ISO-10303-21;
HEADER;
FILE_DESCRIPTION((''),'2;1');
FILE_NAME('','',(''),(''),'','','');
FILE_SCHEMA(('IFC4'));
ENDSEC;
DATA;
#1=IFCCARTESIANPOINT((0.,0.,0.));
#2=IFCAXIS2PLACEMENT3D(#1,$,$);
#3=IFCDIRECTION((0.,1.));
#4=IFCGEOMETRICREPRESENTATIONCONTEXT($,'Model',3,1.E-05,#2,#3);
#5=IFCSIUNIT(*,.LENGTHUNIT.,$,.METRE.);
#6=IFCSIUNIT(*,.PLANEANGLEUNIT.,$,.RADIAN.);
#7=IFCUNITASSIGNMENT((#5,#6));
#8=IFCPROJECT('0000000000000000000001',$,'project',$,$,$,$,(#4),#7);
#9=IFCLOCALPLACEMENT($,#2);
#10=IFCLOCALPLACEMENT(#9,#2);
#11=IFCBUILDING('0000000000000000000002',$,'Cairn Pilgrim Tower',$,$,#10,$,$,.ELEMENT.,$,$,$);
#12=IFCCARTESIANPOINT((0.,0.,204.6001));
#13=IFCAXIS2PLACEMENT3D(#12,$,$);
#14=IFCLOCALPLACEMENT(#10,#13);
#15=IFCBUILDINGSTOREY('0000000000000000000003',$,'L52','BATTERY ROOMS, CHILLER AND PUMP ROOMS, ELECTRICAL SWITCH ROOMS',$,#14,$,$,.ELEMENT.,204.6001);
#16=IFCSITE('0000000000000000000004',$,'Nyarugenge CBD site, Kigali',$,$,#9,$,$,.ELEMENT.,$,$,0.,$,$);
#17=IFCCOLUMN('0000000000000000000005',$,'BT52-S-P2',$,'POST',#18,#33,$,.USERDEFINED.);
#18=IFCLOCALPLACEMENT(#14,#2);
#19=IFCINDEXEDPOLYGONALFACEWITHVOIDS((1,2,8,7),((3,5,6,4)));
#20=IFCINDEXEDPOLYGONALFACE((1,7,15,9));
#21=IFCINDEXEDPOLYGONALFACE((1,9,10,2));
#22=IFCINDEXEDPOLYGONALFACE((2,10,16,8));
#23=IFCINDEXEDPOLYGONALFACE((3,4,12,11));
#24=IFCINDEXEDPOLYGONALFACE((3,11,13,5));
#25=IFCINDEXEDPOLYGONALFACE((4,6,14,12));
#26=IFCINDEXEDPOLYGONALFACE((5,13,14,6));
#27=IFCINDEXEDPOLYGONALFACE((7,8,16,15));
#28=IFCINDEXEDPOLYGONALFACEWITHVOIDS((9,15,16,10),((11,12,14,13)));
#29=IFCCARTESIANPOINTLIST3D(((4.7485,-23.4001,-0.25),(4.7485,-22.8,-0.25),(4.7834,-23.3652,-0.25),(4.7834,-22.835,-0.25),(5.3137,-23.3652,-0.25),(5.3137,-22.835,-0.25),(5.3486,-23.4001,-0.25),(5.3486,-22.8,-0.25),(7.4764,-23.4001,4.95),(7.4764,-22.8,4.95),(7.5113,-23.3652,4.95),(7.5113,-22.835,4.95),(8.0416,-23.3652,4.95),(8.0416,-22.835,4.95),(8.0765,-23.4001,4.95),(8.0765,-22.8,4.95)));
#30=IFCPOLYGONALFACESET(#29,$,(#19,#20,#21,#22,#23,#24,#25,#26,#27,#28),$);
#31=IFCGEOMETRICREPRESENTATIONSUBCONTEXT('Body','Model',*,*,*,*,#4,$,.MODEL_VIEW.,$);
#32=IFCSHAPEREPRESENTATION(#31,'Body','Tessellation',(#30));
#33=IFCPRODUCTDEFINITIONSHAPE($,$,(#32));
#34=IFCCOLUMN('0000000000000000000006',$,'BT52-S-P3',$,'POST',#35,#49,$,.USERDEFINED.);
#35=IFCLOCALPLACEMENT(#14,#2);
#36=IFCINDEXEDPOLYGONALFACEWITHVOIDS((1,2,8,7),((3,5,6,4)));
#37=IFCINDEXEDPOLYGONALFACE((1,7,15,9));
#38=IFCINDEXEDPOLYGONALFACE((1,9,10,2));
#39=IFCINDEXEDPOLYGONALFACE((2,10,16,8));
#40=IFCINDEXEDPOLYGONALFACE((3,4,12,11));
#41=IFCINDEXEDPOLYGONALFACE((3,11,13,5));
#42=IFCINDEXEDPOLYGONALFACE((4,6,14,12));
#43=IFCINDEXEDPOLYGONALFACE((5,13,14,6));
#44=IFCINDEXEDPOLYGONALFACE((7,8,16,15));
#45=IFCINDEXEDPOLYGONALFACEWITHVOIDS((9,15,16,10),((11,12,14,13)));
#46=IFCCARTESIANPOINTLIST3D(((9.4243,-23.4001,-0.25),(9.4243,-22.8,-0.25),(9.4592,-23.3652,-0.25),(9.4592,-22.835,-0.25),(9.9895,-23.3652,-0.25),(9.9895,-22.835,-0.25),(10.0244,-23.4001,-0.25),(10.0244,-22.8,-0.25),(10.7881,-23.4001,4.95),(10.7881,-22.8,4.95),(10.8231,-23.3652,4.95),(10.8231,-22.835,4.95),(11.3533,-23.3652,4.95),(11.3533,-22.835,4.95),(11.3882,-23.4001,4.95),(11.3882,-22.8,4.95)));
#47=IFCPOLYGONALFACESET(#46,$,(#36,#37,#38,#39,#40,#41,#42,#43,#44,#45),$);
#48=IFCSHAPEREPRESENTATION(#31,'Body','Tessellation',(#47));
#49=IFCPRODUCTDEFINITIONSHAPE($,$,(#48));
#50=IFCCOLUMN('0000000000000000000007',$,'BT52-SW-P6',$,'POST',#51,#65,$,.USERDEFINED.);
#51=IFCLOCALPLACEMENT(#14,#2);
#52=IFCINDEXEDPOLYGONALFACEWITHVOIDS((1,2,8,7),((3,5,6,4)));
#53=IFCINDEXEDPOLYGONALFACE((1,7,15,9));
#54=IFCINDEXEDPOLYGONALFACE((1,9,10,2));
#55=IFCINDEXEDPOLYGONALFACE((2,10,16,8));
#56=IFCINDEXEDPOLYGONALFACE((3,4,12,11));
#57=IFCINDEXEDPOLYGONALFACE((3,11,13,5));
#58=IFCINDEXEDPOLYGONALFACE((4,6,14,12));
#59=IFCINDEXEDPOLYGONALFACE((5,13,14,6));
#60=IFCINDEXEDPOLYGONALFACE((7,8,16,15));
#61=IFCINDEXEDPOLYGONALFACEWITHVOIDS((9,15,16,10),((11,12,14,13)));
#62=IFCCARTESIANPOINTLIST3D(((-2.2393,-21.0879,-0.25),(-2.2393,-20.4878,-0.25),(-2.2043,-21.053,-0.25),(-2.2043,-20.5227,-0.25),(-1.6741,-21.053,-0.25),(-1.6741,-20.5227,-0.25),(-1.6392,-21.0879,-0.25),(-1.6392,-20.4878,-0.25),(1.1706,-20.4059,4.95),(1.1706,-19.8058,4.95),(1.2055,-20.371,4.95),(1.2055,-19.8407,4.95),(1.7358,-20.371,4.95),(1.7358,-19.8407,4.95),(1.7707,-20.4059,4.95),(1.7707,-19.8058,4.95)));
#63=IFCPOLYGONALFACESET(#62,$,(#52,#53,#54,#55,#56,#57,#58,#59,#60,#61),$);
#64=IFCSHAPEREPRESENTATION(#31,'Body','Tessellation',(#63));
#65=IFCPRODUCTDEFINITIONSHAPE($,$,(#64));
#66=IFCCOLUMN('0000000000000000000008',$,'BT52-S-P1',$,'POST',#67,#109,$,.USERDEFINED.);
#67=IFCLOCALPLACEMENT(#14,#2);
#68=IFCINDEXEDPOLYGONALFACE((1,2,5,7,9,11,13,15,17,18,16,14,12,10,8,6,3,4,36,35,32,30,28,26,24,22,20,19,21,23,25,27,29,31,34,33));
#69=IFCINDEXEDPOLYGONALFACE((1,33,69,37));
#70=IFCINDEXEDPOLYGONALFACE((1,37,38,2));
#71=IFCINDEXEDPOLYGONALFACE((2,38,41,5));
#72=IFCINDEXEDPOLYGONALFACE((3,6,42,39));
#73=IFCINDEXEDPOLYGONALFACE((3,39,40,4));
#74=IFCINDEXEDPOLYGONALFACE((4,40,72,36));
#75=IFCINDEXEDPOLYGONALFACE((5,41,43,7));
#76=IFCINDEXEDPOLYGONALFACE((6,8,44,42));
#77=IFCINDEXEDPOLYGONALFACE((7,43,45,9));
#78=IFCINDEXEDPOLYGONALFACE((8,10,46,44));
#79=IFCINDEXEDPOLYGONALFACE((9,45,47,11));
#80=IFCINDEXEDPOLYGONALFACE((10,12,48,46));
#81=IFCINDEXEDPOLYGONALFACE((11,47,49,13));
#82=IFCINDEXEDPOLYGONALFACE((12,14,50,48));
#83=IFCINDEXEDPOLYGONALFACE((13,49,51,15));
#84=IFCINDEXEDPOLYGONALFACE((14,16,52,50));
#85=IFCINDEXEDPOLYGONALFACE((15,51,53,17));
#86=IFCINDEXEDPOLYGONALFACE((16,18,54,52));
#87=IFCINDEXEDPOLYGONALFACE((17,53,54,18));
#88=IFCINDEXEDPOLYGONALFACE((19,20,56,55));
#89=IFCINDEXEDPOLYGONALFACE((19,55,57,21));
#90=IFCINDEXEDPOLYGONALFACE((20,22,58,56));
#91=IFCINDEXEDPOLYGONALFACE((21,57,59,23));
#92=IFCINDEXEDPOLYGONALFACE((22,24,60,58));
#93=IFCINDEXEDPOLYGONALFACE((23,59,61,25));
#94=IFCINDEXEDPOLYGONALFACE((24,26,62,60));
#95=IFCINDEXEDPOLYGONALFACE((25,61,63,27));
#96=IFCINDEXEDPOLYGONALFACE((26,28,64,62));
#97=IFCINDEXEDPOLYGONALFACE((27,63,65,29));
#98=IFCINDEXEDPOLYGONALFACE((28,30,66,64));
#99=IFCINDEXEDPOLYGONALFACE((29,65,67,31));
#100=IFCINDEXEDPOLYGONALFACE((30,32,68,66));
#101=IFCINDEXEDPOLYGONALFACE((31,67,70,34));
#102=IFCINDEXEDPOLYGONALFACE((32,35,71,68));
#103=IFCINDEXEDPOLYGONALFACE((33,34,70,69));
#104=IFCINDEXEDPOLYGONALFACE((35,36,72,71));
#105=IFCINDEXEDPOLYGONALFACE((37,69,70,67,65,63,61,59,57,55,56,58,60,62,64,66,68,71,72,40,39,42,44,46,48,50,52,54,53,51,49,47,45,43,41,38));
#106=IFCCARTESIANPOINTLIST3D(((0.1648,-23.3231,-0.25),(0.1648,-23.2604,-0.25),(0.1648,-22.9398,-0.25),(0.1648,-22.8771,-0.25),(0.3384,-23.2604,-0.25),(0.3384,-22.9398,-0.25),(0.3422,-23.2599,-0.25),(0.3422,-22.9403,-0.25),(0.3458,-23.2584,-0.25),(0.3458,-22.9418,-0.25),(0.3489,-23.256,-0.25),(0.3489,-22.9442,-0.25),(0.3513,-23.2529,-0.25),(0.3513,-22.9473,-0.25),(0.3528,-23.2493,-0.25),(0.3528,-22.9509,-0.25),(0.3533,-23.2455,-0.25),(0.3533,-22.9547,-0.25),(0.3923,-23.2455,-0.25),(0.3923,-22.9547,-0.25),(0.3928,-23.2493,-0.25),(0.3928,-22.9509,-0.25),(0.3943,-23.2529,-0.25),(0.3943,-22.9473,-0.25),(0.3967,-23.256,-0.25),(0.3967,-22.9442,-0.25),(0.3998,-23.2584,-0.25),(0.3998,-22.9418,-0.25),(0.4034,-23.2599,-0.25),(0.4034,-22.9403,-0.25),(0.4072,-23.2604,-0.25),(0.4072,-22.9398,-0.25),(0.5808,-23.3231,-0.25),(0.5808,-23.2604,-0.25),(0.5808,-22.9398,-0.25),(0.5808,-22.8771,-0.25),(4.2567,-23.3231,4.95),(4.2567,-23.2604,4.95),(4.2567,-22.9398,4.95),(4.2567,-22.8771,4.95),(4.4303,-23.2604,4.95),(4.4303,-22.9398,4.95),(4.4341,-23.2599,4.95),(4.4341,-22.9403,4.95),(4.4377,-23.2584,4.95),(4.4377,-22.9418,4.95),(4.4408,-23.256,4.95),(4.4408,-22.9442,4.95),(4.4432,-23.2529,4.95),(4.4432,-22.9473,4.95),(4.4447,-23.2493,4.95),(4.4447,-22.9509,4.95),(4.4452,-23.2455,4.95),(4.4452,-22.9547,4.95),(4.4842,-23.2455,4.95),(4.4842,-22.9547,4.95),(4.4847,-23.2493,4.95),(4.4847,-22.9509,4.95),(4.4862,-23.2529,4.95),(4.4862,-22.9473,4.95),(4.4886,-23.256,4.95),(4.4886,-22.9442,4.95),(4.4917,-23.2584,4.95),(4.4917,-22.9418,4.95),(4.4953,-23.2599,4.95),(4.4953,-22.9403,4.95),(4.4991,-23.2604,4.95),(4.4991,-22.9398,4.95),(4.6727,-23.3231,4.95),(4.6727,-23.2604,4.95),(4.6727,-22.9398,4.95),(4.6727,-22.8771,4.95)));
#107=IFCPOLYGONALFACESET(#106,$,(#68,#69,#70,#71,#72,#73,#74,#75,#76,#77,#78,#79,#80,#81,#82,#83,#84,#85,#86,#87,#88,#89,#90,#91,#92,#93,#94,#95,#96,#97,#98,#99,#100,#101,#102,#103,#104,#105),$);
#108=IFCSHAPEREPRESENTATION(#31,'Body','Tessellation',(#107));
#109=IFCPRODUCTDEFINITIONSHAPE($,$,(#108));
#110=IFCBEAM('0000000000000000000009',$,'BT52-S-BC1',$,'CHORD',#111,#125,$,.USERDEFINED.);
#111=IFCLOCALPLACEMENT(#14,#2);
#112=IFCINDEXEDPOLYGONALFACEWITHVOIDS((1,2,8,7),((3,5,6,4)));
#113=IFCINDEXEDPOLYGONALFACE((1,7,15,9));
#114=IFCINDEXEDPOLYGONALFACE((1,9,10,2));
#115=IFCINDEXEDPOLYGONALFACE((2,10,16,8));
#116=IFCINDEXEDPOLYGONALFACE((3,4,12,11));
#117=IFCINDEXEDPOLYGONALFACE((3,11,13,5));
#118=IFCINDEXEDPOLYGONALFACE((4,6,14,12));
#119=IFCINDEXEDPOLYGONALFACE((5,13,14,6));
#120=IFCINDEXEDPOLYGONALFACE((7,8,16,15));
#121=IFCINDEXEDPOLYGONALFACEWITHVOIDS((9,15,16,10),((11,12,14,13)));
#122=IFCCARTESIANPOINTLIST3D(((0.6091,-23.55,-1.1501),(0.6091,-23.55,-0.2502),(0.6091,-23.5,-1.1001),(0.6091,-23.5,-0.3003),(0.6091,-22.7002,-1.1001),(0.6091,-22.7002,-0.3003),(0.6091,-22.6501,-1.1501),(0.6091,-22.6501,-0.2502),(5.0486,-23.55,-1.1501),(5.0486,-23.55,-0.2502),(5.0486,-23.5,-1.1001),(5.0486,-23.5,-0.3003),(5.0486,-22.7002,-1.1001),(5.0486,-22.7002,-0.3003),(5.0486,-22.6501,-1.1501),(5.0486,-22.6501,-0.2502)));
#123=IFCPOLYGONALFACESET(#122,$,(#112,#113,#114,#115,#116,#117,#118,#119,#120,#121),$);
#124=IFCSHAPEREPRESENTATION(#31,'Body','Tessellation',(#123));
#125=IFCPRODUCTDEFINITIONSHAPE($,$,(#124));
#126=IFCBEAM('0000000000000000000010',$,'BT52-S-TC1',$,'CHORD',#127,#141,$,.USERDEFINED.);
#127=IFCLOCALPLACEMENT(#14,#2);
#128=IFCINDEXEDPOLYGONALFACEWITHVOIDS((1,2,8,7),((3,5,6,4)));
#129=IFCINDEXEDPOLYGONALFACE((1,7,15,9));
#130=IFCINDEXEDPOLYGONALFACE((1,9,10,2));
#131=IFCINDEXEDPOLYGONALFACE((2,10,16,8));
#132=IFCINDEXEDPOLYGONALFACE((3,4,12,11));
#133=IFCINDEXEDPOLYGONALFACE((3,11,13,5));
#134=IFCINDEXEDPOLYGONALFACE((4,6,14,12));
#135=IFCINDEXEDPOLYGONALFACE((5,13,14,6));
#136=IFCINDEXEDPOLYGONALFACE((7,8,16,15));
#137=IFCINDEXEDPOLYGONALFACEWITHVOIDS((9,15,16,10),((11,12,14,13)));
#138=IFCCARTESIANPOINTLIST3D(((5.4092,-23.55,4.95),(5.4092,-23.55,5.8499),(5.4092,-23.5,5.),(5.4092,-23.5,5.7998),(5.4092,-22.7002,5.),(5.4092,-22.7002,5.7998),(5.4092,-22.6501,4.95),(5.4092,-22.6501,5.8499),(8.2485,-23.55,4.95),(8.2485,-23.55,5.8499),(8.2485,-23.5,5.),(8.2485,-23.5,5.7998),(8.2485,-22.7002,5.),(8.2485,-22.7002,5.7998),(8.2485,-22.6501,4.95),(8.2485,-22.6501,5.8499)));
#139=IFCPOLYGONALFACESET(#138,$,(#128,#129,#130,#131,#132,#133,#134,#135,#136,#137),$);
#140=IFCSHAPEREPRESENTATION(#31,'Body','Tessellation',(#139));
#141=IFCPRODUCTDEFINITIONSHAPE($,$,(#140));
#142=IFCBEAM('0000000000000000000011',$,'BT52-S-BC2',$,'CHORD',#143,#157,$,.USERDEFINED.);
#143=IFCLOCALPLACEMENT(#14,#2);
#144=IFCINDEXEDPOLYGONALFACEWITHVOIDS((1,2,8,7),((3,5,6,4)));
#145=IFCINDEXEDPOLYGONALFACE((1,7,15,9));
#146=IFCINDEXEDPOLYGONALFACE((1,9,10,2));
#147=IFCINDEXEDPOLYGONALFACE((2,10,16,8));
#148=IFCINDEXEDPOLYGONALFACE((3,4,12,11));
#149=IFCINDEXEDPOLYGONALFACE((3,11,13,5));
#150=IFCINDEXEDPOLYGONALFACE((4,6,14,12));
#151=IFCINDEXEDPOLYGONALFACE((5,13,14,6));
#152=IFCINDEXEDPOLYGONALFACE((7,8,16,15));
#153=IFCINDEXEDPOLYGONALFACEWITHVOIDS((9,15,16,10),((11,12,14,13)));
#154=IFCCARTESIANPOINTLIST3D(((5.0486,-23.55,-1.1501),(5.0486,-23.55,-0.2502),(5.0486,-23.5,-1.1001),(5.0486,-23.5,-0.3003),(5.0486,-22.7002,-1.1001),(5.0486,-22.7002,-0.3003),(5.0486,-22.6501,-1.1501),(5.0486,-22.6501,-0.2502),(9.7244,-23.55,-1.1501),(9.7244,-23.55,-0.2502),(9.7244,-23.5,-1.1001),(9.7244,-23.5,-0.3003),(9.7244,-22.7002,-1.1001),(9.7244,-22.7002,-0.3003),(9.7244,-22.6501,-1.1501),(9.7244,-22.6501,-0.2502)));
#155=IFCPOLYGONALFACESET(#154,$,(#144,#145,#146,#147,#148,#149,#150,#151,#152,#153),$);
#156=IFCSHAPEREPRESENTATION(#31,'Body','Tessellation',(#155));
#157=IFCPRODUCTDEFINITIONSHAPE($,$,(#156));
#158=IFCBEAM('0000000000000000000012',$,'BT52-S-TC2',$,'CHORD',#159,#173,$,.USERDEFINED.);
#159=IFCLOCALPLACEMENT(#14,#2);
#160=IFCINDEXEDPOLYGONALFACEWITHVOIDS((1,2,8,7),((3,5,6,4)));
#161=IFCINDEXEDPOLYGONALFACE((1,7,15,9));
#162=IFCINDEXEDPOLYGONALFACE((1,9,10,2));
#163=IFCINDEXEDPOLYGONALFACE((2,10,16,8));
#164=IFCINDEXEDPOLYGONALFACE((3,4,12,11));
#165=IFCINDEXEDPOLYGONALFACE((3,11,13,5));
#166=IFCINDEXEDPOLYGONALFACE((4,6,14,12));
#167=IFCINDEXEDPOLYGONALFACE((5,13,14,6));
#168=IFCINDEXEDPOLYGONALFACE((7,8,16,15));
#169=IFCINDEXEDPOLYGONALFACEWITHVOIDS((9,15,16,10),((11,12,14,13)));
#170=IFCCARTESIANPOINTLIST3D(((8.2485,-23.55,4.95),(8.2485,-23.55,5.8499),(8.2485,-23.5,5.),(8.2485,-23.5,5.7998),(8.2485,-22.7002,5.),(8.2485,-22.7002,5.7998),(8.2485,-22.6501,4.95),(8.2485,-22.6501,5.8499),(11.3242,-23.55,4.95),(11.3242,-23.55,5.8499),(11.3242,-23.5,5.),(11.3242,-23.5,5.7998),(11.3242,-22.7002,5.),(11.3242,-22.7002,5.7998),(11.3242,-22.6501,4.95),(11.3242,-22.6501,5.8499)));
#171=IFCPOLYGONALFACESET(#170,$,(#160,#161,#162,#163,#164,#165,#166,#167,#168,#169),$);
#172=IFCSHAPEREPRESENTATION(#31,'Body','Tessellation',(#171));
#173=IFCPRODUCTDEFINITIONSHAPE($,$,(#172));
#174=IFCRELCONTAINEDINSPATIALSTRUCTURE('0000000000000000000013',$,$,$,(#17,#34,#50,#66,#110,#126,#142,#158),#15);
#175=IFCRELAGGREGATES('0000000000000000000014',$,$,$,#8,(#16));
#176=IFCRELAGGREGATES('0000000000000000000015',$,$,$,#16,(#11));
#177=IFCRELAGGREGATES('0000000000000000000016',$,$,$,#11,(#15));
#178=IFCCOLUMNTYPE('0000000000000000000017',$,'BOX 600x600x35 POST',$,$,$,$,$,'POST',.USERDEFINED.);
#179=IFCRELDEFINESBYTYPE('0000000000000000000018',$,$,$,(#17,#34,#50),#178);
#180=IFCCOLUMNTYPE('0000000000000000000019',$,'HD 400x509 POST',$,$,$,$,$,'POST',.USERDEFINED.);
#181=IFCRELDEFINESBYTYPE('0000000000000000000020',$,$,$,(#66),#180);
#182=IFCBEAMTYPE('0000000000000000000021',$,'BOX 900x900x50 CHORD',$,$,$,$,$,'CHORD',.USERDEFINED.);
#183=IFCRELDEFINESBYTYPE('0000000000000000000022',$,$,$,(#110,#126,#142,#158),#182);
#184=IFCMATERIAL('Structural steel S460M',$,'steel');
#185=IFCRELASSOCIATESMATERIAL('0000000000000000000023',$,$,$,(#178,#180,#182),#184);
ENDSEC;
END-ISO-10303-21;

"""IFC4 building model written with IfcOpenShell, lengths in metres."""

from ifc_helpers import new_model, si_unit, direction, frame, origin, origin_2d, place, context, subcontext, project, spatial, hollow_rectangle, i_section, extrude, clip, halfspace, material, material_profile, profile_set, type_object, element, save


model = new_model("IFC4")

# Units and contexts
model_context = context("Model", 3, precision=1e-05, world=origin(), true_north=direction((0.0, 1.0)))
body_context = subcontext(model_context, "Body", "Model", "MODEL_VIEW")
ifc_project = project(units=[si_unit("LENGTHUNIT", "METRE"), si_unit("PLANEANGLEUNIT", "RADIAN")], contexts=[model_context])

# Site, building, storey
site_placement = place(None, origin())
site = spatial("IfcSite", under=ifc_project, at=site_placement, Name="Nyarugenge CBD site, Kigali", CompositionType="ELEMENT", RefElevation=0.0)
building_placement = place(site_placement, origin())
building = spatial("IfcBuilding", under=site, at=building_placement, Name="Cairn Pilgrim Tower", CompositionType="ELEMENT")
storey_placement = place(building_placement, frame((0.0, 0.0, 204.6001)))
storey = spatial("IfcBuildingStorey", under=building, at=storey_placement, Name="L52", Description="BATTERY ROOMS, CHILLER AND PUMP ROOMS, ELECTRICAL SWITCH ROOMS", CompositionType="ELEMENT", Elevation=204.6001)

# Columns
ifc_material_1 = material(Name="Structural steel S460M", Category="steel")
ifc_material_profile_1 = material_profile(ifc_material_1, hollow_rectangle(XDim=0.6001, YDim=0.6001, WallThickness=0.0349, at=origin_2d()), Name="BOX 600x600x35")
ifc_profile_set_1 = profile_set([ifc_material_profile_1], Name="Structural steel S460M")
column_type_1 = type_object("IfcColumnType", Name="BOX 600x600x35 POST", ElementType="POST", PredefinedType="USERDEFINED", material=ifc_profile_set_1)
column_1_placement = place(storey_placement, frame((5.0486, -23.1001, -0.25), z_axis=(0.0, 0.0, 1.0), x_axis=(1.0, 0.0, 0.0)))
element("IfcColumn", 1, at=column_1_placement, inside=storey, type_object=column_type_1, Name="BT52-S-P2", ObjectType="POST", PredefinedType="USERDEFINED", context=body_context, shape_type="Clipping", body=[
    clip(extrude(hollow_rectangle(XDim=0.6001, YDim=0.6001, WallThickness=0.0349, at=origin_2d()), origin(), (0.464553, 0.0, 0.885546), 6.8882), halfspace(frame((0.0, 0.0, 5.2), z_axis=(0.0, 0.0, 1.0), x_axis=(1.0, 0.0, 0.0)), False)),
])
column_2_placement = place(storey_placement, frame((9.7244, -23.1001, -0.25), z_axis=(0.0, 0.0, 1.0), x_axis=(1.0, 0.0, 0.0)))
element("IfcColumn", 2, at=column_2_placement, inside=storey, type_object=column_type_1, Name="BT52-S-P3", ObjectType="POST", PredefinedType="USERDEFINED", context=body_context, shape_type="Clipping", body=[
    clip(extrude(hollow_rectangle(XDim=0.6001, YDim=0.6001, WallThickness=0.0349, at=origin_2d()), origin(), (0.253697, 0.0, 0.967284), 6.3062), halfspace(frame((0.0, 0.0, 5.2), z_axis=(0.0, 0.0, 1.0), x_axis=(1.0, 0.0, 0.0)), False)),
])
column_3_placement = place(storey_placement, frame((-1.9392, -20.7878, -0.25), z_axis=(0.0, 0.0, 1.0), x_axis=(1.0, 0.0, 0.0)))
element("IfcColumn", 3, at=column_3_placement, inside=storey, type_object=column_type_1, Name="BT52-SW-P6", ObjectType="POST", PredefinedType="USERDEFINED", context=body_context, shape_type="Clipping", body=[
    clip(extrude(hollow_rectangle(XDim=0.6001, YDim=0.6001, WallThickness=0.0349, at=origin_2d()), origin(), (0.545097, 0.109026, 0.831253), 7.3381), halfspace(frame((0.0, 0.0, 5.2), z_axis=(0.0, 0.0, 1.0), x_axis=(1.0, 0.0, 0.0)), False)),
])
ifc_material_profile_2 = material_profile(ifc_material_1, i_section(OverallWidth=0.416, OverallDepth=0.446, WebThickness=0.0391, FlangeThickness=0.0627, FilletRadius=0.0149, at=origin_2d()), Name="HD 400x509")
ifc_profile_set_2 = profile_set([ifc_material_profile_2], Name="Structural steel S460M")
column_type_2 = type_object("IfcColumnType", Name="HD 400x509 POST", ElementType="POST", PredefinedType="USERDEFINED", material=ifc_profile_set_2)
column_4_placement = place(storey_placement, frame((0.3728, -23.1001, -0.25), z_axis=(0.0, 0.0, 1.0), x_axis=(1.0, 0.0, 0.0)))
element("IfcColumn", 4, at=column_4_placement, inside=storey, type_object=column_type_2, Name="BT52-S-P1", ObjectType="POST", PredefinedType="USERDEFINED", context=body_context, shape_type="Clipping", body=[
    clip(extrude(i_section(OverallWidth=0.416, OverallDepth=0.446, WebThickness=0.0391, FlangeThickness=0.0627, FilletRadius=0.0149, at=origin_2d()), origin(), (0.618403, 0.0, 0.785861), 7.762), halfspace(frame((0.0, 0.0, 5.2), z_axis=(0.0, 0.0, 1.0), x_axis=(1.0, 0.0, 0.0)), False)),
])

# Beams
ifc_material_profile_3 = material_profile(ifc_material_1, hollow_rectangle(XDim=0.8999, YDim=0.8999, WallThickness=0.05, at=origin_2d()), Name="BOX 900x900x50")
ifc_profile_set_3 = profile_set([ifc_material_profile_3], Name="Structural steel S460M")
beam_type_1 = type_object("IfcBeamType", Name="BOX 900x900x50 CHORD", ElementType="CHORD", PredefinedType="USERDEFINED", material=ifc_profile_set_3)
beam_1_placement = place(storey_placement, frame((0.6091, -23.1001, -0.7002), z_axis=(1.0, 0.0, 0.0), x_axis=(0.0, 1.0, 0.0)))
element("IfcBeam", 5, at=beam_1_placement, inside=storey, type_object=beam_type_1, Name="BT52-S-BC1", ObjectType="CHORD", PredefinedType="USERDEFINED", context=body_context, shape_type="SweptSolid", body=[
    extrude(hollow_rectangle(XDim=0.8999, YDim=0.8999, WallThickness=0.05, at=origin_2d()), origin(), (0.0, 0.0, 1.0), 4.4395),
])
beam_2_placement = place(storey_placement, frame((5.4092, -23.1001, 5.3999), z_axis=(1.0, 0.0, 0.0), x_axis=(0.0, 1.0, 0.0)))
element("IfcBeam", 6, at=beam_2_placement, inside=storey, type_object=beam_type_1, Name="BT52-S-TC1", ObjectType="CHORD", PredefinedType="USERDEFINED", context=body_context, shape_type="SweptSolid", body=[
    extrude(hollow_rectangle(XDim=0.8999, YDim=0.8999, WallThickness=0.05, at=origin_2d()), origin(), (0.0, 0.0, 1.0), 2.8394),
])
beam_3_placement = place(storey_placement, frame((5.0486, -23.1001, -0.7002), z_axis=(1.0, 0.0, 0.0), x_axis=(0.0, 1.0, 0.0)))
element("IfcBeam", 7, at=beam_3_placement, inside=storey, type_object=beam_type_1, Name="BT52-S-BC2", ObjectType="CHORD", PredefinedType="USERDEFINED", context=body_context, shape_type="SweptSolid", body=[
    extrude(hollow_rectangle(XDim=0.8999, YDim=0.8999, WallThickness=0.05, at=origin_2d()), origin(), (0.0, 0.0, 1.0), 4.6758),
])
beam_4_placement = place(storey_placement, frame((8.2485, -23.1001, 5.3999), z_axis=(1.0, 0.0, 0.0), x_axis=(0.0, 1.0, 0.0)))
element("IfcBeam", 8, at=beam_4_placement, inside=storey, type_object=beam_type_1, Name="BT52-S-TC2", ObjectType="CHORD", PredefinedType="USERDEFINED", context=body_context, shape_type="SweptSolid", body=[
    extrude(hollow_rectangle(XDim=0.8999, YDim=0.8999, WallThickness=0.05, at=origin_2d()), origin(), (0.0, 0.0, 1.0), 3.0757),
])

save(model, "model.ifc")
